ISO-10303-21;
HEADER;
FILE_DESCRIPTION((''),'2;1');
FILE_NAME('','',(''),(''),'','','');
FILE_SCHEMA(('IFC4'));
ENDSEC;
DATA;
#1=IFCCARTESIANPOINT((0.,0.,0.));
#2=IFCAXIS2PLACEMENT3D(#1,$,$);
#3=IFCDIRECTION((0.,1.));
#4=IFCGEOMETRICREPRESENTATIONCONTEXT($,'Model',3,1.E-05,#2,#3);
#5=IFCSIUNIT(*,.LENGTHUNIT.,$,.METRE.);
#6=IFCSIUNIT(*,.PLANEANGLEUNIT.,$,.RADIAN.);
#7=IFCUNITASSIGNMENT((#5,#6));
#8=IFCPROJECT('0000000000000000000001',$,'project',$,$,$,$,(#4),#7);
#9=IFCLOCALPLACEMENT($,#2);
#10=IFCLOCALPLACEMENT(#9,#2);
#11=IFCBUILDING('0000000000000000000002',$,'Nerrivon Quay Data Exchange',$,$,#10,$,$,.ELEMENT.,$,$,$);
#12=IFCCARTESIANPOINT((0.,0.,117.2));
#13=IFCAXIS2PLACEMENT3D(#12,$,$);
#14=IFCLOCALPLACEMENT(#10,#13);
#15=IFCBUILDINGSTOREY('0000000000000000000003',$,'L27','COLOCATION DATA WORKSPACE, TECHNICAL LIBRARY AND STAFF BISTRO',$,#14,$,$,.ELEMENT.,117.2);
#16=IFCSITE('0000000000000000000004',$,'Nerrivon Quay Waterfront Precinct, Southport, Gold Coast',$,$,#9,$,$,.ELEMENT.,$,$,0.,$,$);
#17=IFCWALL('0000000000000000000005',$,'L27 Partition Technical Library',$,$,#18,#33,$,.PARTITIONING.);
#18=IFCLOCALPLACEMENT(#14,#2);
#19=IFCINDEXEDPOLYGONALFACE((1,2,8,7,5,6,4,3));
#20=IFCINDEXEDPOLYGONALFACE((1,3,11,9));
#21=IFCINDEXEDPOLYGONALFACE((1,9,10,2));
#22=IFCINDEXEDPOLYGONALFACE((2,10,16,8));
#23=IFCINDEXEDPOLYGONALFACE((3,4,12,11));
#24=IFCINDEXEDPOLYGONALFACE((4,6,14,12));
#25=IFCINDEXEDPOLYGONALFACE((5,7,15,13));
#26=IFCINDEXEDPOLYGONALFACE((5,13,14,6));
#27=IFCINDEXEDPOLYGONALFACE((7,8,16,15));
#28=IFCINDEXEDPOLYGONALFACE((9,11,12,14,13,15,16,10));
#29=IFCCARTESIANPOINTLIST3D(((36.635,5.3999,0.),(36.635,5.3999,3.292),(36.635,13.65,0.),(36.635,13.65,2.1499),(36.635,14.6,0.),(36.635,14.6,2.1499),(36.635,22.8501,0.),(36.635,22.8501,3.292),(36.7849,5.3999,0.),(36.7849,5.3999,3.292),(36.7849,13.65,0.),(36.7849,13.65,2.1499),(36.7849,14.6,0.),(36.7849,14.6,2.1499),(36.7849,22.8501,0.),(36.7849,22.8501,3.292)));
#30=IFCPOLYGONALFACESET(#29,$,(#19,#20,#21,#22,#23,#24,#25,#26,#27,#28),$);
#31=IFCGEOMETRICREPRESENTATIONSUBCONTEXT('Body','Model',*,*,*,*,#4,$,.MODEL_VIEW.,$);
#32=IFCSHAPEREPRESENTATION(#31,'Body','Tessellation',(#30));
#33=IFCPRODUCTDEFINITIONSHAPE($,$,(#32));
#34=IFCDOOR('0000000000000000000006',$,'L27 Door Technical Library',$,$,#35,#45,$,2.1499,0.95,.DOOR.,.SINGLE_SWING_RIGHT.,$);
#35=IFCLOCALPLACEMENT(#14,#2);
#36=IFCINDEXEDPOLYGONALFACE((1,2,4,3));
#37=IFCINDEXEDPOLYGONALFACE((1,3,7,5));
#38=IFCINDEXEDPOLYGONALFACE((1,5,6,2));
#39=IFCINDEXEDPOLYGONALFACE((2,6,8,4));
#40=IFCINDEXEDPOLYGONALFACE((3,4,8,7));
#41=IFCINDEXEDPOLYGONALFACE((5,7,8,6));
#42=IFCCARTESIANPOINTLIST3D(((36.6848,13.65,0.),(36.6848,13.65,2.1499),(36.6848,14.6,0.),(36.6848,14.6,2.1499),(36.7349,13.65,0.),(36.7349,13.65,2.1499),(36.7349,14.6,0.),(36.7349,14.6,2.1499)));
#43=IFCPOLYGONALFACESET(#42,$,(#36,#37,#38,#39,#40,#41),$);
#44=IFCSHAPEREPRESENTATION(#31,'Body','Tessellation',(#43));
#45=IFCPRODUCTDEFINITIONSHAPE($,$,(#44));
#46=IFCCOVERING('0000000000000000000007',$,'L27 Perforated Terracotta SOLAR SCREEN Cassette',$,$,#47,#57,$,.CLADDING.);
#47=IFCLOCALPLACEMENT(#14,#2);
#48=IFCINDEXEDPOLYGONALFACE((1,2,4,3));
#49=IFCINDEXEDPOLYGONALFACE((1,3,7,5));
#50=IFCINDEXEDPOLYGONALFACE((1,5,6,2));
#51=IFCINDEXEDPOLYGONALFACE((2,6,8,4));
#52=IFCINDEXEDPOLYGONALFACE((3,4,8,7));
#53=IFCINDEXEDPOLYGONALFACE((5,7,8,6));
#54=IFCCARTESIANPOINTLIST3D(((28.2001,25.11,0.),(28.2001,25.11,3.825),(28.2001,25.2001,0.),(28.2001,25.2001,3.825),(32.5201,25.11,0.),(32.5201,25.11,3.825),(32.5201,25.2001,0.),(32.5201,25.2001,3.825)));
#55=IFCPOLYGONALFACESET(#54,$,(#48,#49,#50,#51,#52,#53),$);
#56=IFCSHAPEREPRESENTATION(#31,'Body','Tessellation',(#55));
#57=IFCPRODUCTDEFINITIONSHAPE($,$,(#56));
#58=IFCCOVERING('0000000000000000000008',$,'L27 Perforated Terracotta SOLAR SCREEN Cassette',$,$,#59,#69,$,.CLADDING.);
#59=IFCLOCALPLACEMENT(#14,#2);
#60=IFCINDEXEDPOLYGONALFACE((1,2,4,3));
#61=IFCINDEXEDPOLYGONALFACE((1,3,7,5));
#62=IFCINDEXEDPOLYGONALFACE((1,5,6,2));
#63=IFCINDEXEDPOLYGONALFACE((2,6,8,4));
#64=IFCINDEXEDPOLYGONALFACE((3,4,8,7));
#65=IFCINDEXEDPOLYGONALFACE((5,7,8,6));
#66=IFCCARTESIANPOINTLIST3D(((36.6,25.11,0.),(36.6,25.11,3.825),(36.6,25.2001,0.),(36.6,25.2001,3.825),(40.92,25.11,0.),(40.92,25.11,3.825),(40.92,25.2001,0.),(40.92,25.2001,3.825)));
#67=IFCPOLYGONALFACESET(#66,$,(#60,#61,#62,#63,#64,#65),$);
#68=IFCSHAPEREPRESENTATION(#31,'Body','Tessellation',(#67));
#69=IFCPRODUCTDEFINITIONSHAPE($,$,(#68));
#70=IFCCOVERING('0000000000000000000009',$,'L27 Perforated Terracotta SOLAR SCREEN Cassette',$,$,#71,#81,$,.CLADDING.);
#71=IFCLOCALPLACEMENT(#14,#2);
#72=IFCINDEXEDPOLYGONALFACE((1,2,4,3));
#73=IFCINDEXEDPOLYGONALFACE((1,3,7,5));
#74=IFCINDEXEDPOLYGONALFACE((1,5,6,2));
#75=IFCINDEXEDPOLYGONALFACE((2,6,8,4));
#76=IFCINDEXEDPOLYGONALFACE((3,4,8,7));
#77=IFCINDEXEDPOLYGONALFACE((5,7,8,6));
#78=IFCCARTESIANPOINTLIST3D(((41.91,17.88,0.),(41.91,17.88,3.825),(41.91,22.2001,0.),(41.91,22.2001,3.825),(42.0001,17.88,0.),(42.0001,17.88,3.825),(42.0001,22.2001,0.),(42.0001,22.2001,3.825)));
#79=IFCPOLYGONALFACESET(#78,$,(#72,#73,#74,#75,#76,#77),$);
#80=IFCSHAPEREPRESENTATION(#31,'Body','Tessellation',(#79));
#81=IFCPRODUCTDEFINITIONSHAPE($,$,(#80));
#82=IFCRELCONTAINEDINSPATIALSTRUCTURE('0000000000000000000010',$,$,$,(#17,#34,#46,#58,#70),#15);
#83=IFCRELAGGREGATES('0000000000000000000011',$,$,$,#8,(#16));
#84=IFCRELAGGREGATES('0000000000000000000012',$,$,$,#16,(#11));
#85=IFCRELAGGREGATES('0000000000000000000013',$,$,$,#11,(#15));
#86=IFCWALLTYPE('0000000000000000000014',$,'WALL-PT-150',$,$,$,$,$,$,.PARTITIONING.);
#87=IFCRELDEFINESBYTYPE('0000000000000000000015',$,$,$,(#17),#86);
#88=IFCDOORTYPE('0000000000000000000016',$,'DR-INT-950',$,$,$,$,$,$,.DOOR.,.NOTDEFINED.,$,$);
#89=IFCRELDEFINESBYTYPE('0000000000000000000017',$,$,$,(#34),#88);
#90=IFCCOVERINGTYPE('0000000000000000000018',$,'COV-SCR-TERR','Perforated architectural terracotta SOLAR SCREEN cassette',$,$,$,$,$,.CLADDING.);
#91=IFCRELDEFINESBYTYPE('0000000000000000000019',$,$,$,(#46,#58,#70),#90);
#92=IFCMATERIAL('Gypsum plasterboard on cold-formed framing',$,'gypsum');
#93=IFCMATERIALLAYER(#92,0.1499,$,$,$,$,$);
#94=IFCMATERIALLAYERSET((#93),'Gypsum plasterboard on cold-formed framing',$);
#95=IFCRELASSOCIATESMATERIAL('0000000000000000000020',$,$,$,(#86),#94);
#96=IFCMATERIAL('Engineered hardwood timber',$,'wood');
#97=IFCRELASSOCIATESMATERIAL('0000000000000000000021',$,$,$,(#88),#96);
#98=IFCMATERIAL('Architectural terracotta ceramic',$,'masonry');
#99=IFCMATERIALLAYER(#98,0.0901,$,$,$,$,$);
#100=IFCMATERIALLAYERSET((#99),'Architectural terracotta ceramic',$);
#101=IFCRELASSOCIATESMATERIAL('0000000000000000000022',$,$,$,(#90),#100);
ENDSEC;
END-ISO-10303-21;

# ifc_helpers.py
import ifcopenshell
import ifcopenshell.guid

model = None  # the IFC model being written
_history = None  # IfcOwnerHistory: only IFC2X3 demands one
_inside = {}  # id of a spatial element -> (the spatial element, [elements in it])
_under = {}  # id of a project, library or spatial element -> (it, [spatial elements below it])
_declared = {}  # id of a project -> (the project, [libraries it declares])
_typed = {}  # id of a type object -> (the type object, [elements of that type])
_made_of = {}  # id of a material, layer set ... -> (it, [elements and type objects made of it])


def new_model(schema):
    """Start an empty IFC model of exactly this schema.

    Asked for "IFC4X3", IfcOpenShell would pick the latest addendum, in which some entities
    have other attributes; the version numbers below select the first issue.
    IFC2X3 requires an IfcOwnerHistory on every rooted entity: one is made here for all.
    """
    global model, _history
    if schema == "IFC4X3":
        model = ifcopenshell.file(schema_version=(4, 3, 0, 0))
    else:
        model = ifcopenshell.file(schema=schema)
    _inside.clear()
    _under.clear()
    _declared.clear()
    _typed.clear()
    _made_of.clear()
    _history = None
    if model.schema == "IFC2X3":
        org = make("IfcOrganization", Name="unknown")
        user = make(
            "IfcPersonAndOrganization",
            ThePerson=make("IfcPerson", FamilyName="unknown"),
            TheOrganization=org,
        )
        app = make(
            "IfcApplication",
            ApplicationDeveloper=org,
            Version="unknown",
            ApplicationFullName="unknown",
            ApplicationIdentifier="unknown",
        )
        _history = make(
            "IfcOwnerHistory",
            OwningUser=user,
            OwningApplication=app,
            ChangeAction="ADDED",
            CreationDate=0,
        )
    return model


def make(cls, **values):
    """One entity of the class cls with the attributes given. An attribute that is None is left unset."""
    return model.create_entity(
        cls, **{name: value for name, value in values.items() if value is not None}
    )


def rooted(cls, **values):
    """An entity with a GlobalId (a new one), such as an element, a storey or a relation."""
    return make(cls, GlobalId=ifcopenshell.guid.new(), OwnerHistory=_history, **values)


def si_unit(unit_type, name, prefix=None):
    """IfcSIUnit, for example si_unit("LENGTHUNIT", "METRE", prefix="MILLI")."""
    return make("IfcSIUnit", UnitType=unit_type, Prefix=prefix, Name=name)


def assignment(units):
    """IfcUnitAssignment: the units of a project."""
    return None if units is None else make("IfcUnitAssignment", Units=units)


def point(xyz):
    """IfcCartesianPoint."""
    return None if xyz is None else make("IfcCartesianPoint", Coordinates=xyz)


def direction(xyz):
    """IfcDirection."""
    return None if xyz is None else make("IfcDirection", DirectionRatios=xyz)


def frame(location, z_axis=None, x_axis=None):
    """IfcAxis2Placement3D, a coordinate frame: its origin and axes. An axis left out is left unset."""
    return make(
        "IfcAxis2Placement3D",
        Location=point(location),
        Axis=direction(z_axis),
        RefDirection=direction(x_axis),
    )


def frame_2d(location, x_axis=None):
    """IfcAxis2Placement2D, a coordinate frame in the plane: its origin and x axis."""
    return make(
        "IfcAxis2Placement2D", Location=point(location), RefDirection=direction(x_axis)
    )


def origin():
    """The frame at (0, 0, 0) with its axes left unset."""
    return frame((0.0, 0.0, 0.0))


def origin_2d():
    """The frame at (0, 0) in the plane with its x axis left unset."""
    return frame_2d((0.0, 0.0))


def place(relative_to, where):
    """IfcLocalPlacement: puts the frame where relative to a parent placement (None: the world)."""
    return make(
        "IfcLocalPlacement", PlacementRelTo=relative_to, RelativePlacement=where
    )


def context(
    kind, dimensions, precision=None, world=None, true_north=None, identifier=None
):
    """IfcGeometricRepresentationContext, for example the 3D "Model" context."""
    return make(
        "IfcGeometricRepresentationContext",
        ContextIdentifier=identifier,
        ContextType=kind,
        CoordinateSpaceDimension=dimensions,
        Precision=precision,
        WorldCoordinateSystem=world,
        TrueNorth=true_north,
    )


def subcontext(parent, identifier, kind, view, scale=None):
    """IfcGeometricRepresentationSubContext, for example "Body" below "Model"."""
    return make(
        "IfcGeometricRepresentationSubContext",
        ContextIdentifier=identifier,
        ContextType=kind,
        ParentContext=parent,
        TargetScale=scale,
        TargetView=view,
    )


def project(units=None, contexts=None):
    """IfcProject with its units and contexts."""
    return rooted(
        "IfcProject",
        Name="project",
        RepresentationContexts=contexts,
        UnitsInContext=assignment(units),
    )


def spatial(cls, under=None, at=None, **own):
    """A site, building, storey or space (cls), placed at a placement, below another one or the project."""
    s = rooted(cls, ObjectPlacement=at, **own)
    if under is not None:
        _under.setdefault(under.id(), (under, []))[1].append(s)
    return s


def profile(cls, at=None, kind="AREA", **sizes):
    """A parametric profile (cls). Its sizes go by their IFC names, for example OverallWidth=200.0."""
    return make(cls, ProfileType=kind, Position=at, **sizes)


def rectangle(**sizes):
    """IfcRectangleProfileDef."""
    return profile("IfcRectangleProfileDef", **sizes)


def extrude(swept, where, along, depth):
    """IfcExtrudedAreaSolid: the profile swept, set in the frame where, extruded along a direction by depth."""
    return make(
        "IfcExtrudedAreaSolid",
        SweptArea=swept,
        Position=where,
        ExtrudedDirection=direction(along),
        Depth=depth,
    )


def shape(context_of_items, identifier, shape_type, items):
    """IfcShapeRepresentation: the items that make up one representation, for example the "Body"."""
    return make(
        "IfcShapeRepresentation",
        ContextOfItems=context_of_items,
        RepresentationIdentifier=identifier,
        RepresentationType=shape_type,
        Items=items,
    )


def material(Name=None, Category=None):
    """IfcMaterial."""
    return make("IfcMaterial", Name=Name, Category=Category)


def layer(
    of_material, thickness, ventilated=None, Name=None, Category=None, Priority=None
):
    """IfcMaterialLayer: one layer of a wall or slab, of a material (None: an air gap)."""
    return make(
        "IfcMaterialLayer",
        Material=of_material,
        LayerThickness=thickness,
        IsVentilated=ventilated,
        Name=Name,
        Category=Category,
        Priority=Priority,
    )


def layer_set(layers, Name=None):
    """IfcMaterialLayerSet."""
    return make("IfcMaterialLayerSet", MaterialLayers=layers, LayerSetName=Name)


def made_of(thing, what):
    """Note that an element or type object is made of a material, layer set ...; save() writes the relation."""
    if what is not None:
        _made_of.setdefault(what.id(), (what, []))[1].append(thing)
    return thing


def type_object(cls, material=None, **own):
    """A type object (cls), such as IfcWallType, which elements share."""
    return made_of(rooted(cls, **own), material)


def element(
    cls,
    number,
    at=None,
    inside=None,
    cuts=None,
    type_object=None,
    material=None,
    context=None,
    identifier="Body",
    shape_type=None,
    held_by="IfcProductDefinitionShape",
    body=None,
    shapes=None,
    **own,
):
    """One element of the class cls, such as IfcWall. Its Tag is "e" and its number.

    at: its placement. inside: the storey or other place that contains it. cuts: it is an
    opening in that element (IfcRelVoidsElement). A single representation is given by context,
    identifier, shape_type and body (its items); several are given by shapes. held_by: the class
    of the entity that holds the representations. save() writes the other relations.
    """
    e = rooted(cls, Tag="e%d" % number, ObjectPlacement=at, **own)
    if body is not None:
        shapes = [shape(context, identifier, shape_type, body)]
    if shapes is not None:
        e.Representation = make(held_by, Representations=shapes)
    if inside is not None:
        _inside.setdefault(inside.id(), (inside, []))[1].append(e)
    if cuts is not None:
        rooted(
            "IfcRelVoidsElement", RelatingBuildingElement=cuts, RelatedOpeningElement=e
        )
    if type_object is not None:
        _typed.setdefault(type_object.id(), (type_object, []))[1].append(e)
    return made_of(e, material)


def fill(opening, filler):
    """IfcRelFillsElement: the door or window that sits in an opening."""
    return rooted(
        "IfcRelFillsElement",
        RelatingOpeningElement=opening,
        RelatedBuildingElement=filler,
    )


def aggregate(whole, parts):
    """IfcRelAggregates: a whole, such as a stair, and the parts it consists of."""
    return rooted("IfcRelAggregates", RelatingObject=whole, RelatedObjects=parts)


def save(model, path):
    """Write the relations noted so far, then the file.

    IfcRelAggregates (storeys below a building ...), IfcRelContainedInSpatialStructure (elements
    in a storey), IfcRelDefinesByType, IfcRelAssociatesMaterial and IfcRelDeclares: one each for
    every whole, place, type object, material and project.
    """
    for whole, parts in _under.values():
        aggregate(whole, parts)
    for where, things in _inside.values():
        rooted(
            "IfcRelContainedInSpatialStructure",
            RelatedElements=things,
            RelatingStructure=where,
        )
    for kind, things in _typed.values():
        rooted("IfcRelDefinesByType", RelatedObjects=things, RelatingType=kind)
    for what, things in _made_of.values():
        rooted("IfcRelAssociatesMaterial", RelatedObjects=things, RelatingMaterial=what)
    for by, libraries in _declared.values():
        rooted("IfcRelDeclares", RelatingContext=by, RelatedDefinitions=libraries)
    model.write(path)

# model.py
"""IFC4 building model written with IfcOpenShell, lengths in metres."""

from ifc_helpers import new_model, si_unit, direction, frame, frame_2d, origin, origin_2d, place, context, subcontext, project, spatial, rectangle, extrude, material, layer, layer_set, type_object, element, fill, save


model = new_model("IFC4")

# Units and contexts
model_context = context("Model", 3, precision=1e-05, world=origin(), true_north=direction((0.0, 1.0)))
body_context = subcontext(model_context, "Body", "Model", "MODEL_VIEW")
ifc_project = project(units=[si_unit("LENGTHUNIT", "METRE"), si_unit("PLANEANGLEUNIT", "RADIAN")], contexts=[model_context])

# Site, building, storey
site_placement = place(None, origin())
site = spatial("IfcSite", under=ifc_project, at=site_placement, Name="Nerrivon Quay Waterfront Precinct, Southport, Gold Coast", CompositionType="ELEMENT", RefElevation=0.0)
building_placement = place(site_placement, origin())
building = spatial("IfcBuilding", under=site, at=building_placement, Name="Nerrivon Quay Data Exchange", CompositionType="ELEMENT")
storey_placement = place(building_placement, frame((0.0, 0.0, 117.2)))
storey = spatial("IfcBuildingStorey", under=building, at=storey_placement, Name="L27", Description="COLOCATION DATA WORKSPACE, TECHNICAL LIBRARY AND STAFF BISTRO", CompositionType="ELEMENT", Elevation=117.2)

# Shared definitions
ifc_material_1 = material(Name="Gypsum plasterboard on cold-formed framing", Category="gypsum")

# Wall, opening, door
ifc_layer_1 = layer(ifc_material_1, 0.1499)
ifc_layer_set_1 = layer_set([ifc_layer_1], Name="Gypsum plasterboard on cold-formed framing")
wall_type_1 = type_object("IfcWallType", Name="WALL-PT-150", PredefinedType="PARTITIONING", material=ifc_layer_set_1)
ifc_material_2 = material(Name="Engineered hardwood timber", Category="wood")
door_type = type_object("IfcDoorType", Name="DR-INT-950", OperationType="NOTDEFINED", PredefinedType="DOOR", material=ifc_material_2)
wall_1_placement = place(storey_placement, frame((36.71, 22.8501, 0.0), z_axis=(0.0, 0.0, 1.0), x_axis=(0.0, -1.0, 0.0)))
wall_1 = element("IfcWall", 1, at=wall_1_placement, inside=storey, type_object=wall_type_1, Name="L27 Partition Technical Library", PredefinedType="PARTITIONING", context=body_context, shape_type="SweptSolid", body=[
    extrude(rectangle(XDim=17.4502, YDim=0.1499, at=frame_2d((8.7251, 0.0))), origin(), (0.0, 0.0, 1.0), 3.292),
])
opening_1_placement = place(wall_1_placement, frame((8.25, 0.0, 0.0)))
opening_1 = element("IfcOpeningElement", 2, at=opening_1_placement, cuts=wall_1, PredefinedType="OPENING", context=body_context, shape_type="SweptSolid", body=[
    extrude(rectangle(XDim=0.95, YDim=2.1499, at=frame_2d((0.4751, 1.075))), frame((0.0, 0.085, 0.0), z_axis=(0.0, -1.0, 0.0), x_axis=(1.0, 0.0, 0.0)), (0.0, 0.0, 1.0), 0.1699),
])
door_1_placement = place(opening_1_placement, origin())
door_1 = element("IfcDoor", 3, at=door_1_placement, inside=storey, type_object=door_type, Name="L27 Door Technical Library", OperationType="SINGLE_SWING_RIGHT", OverallHeight=2.1499, OverallWidth=0.95, PredefinedType="DOOR", context=body_context, shape_type="SweptSolid", body=[
    extrude(rectangle(XDim=0.95, YDim=2.1499, at=frame_2d((0.4751, 1.075))), frame((0.0, 0.0249, 0.0), z_axis=(0.0, -1.0, 0.0), x_axis=(1.0, 0.0, 0.0)), (0.0, 0.0, 1.0), 0.05),
])
fill(opening_1, door_1)

# Coverings
ifc_material_3 = material(Name="Architectural terracotta ceramic", Category="masonry")
ifc_layer_2 = layer(ifc_material_3, 0.0901)
ifc_layer_set_2 = layer_set([ifc_layer_2], Name="Architectural terracotta ceramic")
covering_type = type_object("IfcCoveringType", Name="COV-SCR-TERR", Description="Perforated architectural terracotta SOLAR SCREEN cassette", PredefinedType="CLADDING", material=ifc_layer_set_2)
for number, where, z_axis, x_axis, name in (
    (4, (30.3601, 25.155, 0.0), (0.0, 0.0, 1.0), (1.0, 0.0, 0.0), "L27 Perforated Terracotta SOLAR SCREEN Cassette"),
    (5, (38.76, 25.155, 0.0), (0.0, 0.0, 1.0), (1.0, 0.0, 0.0), "L27 Perforated Terracotta SOLAR SCREEN Cassette"),
    (6, (41.9551, 20.04, 0.0), (0.0, 0.0, 1.0), (0.0, -1.0, 0.0), "L27 Perforated Terracotta SOLAR SCREEN Cassette"),
):
    element("IfcCovering", number, at=place(storey_placement, frame(where, z_axis=z_axis, x_axis=x_axis)), inside=storey, type_object=covering_type, Name=name, PredefinedType="CLADDING", context=body_context, shape_type="SweptSolid", body=[
        extrude(rectangle(XDim=4.3201, YDim=0.0901, at=origin_2d()), origin(), (0.0, 0.0, 1.0), 3.825),
    ])

save(model, "model.ifc")
